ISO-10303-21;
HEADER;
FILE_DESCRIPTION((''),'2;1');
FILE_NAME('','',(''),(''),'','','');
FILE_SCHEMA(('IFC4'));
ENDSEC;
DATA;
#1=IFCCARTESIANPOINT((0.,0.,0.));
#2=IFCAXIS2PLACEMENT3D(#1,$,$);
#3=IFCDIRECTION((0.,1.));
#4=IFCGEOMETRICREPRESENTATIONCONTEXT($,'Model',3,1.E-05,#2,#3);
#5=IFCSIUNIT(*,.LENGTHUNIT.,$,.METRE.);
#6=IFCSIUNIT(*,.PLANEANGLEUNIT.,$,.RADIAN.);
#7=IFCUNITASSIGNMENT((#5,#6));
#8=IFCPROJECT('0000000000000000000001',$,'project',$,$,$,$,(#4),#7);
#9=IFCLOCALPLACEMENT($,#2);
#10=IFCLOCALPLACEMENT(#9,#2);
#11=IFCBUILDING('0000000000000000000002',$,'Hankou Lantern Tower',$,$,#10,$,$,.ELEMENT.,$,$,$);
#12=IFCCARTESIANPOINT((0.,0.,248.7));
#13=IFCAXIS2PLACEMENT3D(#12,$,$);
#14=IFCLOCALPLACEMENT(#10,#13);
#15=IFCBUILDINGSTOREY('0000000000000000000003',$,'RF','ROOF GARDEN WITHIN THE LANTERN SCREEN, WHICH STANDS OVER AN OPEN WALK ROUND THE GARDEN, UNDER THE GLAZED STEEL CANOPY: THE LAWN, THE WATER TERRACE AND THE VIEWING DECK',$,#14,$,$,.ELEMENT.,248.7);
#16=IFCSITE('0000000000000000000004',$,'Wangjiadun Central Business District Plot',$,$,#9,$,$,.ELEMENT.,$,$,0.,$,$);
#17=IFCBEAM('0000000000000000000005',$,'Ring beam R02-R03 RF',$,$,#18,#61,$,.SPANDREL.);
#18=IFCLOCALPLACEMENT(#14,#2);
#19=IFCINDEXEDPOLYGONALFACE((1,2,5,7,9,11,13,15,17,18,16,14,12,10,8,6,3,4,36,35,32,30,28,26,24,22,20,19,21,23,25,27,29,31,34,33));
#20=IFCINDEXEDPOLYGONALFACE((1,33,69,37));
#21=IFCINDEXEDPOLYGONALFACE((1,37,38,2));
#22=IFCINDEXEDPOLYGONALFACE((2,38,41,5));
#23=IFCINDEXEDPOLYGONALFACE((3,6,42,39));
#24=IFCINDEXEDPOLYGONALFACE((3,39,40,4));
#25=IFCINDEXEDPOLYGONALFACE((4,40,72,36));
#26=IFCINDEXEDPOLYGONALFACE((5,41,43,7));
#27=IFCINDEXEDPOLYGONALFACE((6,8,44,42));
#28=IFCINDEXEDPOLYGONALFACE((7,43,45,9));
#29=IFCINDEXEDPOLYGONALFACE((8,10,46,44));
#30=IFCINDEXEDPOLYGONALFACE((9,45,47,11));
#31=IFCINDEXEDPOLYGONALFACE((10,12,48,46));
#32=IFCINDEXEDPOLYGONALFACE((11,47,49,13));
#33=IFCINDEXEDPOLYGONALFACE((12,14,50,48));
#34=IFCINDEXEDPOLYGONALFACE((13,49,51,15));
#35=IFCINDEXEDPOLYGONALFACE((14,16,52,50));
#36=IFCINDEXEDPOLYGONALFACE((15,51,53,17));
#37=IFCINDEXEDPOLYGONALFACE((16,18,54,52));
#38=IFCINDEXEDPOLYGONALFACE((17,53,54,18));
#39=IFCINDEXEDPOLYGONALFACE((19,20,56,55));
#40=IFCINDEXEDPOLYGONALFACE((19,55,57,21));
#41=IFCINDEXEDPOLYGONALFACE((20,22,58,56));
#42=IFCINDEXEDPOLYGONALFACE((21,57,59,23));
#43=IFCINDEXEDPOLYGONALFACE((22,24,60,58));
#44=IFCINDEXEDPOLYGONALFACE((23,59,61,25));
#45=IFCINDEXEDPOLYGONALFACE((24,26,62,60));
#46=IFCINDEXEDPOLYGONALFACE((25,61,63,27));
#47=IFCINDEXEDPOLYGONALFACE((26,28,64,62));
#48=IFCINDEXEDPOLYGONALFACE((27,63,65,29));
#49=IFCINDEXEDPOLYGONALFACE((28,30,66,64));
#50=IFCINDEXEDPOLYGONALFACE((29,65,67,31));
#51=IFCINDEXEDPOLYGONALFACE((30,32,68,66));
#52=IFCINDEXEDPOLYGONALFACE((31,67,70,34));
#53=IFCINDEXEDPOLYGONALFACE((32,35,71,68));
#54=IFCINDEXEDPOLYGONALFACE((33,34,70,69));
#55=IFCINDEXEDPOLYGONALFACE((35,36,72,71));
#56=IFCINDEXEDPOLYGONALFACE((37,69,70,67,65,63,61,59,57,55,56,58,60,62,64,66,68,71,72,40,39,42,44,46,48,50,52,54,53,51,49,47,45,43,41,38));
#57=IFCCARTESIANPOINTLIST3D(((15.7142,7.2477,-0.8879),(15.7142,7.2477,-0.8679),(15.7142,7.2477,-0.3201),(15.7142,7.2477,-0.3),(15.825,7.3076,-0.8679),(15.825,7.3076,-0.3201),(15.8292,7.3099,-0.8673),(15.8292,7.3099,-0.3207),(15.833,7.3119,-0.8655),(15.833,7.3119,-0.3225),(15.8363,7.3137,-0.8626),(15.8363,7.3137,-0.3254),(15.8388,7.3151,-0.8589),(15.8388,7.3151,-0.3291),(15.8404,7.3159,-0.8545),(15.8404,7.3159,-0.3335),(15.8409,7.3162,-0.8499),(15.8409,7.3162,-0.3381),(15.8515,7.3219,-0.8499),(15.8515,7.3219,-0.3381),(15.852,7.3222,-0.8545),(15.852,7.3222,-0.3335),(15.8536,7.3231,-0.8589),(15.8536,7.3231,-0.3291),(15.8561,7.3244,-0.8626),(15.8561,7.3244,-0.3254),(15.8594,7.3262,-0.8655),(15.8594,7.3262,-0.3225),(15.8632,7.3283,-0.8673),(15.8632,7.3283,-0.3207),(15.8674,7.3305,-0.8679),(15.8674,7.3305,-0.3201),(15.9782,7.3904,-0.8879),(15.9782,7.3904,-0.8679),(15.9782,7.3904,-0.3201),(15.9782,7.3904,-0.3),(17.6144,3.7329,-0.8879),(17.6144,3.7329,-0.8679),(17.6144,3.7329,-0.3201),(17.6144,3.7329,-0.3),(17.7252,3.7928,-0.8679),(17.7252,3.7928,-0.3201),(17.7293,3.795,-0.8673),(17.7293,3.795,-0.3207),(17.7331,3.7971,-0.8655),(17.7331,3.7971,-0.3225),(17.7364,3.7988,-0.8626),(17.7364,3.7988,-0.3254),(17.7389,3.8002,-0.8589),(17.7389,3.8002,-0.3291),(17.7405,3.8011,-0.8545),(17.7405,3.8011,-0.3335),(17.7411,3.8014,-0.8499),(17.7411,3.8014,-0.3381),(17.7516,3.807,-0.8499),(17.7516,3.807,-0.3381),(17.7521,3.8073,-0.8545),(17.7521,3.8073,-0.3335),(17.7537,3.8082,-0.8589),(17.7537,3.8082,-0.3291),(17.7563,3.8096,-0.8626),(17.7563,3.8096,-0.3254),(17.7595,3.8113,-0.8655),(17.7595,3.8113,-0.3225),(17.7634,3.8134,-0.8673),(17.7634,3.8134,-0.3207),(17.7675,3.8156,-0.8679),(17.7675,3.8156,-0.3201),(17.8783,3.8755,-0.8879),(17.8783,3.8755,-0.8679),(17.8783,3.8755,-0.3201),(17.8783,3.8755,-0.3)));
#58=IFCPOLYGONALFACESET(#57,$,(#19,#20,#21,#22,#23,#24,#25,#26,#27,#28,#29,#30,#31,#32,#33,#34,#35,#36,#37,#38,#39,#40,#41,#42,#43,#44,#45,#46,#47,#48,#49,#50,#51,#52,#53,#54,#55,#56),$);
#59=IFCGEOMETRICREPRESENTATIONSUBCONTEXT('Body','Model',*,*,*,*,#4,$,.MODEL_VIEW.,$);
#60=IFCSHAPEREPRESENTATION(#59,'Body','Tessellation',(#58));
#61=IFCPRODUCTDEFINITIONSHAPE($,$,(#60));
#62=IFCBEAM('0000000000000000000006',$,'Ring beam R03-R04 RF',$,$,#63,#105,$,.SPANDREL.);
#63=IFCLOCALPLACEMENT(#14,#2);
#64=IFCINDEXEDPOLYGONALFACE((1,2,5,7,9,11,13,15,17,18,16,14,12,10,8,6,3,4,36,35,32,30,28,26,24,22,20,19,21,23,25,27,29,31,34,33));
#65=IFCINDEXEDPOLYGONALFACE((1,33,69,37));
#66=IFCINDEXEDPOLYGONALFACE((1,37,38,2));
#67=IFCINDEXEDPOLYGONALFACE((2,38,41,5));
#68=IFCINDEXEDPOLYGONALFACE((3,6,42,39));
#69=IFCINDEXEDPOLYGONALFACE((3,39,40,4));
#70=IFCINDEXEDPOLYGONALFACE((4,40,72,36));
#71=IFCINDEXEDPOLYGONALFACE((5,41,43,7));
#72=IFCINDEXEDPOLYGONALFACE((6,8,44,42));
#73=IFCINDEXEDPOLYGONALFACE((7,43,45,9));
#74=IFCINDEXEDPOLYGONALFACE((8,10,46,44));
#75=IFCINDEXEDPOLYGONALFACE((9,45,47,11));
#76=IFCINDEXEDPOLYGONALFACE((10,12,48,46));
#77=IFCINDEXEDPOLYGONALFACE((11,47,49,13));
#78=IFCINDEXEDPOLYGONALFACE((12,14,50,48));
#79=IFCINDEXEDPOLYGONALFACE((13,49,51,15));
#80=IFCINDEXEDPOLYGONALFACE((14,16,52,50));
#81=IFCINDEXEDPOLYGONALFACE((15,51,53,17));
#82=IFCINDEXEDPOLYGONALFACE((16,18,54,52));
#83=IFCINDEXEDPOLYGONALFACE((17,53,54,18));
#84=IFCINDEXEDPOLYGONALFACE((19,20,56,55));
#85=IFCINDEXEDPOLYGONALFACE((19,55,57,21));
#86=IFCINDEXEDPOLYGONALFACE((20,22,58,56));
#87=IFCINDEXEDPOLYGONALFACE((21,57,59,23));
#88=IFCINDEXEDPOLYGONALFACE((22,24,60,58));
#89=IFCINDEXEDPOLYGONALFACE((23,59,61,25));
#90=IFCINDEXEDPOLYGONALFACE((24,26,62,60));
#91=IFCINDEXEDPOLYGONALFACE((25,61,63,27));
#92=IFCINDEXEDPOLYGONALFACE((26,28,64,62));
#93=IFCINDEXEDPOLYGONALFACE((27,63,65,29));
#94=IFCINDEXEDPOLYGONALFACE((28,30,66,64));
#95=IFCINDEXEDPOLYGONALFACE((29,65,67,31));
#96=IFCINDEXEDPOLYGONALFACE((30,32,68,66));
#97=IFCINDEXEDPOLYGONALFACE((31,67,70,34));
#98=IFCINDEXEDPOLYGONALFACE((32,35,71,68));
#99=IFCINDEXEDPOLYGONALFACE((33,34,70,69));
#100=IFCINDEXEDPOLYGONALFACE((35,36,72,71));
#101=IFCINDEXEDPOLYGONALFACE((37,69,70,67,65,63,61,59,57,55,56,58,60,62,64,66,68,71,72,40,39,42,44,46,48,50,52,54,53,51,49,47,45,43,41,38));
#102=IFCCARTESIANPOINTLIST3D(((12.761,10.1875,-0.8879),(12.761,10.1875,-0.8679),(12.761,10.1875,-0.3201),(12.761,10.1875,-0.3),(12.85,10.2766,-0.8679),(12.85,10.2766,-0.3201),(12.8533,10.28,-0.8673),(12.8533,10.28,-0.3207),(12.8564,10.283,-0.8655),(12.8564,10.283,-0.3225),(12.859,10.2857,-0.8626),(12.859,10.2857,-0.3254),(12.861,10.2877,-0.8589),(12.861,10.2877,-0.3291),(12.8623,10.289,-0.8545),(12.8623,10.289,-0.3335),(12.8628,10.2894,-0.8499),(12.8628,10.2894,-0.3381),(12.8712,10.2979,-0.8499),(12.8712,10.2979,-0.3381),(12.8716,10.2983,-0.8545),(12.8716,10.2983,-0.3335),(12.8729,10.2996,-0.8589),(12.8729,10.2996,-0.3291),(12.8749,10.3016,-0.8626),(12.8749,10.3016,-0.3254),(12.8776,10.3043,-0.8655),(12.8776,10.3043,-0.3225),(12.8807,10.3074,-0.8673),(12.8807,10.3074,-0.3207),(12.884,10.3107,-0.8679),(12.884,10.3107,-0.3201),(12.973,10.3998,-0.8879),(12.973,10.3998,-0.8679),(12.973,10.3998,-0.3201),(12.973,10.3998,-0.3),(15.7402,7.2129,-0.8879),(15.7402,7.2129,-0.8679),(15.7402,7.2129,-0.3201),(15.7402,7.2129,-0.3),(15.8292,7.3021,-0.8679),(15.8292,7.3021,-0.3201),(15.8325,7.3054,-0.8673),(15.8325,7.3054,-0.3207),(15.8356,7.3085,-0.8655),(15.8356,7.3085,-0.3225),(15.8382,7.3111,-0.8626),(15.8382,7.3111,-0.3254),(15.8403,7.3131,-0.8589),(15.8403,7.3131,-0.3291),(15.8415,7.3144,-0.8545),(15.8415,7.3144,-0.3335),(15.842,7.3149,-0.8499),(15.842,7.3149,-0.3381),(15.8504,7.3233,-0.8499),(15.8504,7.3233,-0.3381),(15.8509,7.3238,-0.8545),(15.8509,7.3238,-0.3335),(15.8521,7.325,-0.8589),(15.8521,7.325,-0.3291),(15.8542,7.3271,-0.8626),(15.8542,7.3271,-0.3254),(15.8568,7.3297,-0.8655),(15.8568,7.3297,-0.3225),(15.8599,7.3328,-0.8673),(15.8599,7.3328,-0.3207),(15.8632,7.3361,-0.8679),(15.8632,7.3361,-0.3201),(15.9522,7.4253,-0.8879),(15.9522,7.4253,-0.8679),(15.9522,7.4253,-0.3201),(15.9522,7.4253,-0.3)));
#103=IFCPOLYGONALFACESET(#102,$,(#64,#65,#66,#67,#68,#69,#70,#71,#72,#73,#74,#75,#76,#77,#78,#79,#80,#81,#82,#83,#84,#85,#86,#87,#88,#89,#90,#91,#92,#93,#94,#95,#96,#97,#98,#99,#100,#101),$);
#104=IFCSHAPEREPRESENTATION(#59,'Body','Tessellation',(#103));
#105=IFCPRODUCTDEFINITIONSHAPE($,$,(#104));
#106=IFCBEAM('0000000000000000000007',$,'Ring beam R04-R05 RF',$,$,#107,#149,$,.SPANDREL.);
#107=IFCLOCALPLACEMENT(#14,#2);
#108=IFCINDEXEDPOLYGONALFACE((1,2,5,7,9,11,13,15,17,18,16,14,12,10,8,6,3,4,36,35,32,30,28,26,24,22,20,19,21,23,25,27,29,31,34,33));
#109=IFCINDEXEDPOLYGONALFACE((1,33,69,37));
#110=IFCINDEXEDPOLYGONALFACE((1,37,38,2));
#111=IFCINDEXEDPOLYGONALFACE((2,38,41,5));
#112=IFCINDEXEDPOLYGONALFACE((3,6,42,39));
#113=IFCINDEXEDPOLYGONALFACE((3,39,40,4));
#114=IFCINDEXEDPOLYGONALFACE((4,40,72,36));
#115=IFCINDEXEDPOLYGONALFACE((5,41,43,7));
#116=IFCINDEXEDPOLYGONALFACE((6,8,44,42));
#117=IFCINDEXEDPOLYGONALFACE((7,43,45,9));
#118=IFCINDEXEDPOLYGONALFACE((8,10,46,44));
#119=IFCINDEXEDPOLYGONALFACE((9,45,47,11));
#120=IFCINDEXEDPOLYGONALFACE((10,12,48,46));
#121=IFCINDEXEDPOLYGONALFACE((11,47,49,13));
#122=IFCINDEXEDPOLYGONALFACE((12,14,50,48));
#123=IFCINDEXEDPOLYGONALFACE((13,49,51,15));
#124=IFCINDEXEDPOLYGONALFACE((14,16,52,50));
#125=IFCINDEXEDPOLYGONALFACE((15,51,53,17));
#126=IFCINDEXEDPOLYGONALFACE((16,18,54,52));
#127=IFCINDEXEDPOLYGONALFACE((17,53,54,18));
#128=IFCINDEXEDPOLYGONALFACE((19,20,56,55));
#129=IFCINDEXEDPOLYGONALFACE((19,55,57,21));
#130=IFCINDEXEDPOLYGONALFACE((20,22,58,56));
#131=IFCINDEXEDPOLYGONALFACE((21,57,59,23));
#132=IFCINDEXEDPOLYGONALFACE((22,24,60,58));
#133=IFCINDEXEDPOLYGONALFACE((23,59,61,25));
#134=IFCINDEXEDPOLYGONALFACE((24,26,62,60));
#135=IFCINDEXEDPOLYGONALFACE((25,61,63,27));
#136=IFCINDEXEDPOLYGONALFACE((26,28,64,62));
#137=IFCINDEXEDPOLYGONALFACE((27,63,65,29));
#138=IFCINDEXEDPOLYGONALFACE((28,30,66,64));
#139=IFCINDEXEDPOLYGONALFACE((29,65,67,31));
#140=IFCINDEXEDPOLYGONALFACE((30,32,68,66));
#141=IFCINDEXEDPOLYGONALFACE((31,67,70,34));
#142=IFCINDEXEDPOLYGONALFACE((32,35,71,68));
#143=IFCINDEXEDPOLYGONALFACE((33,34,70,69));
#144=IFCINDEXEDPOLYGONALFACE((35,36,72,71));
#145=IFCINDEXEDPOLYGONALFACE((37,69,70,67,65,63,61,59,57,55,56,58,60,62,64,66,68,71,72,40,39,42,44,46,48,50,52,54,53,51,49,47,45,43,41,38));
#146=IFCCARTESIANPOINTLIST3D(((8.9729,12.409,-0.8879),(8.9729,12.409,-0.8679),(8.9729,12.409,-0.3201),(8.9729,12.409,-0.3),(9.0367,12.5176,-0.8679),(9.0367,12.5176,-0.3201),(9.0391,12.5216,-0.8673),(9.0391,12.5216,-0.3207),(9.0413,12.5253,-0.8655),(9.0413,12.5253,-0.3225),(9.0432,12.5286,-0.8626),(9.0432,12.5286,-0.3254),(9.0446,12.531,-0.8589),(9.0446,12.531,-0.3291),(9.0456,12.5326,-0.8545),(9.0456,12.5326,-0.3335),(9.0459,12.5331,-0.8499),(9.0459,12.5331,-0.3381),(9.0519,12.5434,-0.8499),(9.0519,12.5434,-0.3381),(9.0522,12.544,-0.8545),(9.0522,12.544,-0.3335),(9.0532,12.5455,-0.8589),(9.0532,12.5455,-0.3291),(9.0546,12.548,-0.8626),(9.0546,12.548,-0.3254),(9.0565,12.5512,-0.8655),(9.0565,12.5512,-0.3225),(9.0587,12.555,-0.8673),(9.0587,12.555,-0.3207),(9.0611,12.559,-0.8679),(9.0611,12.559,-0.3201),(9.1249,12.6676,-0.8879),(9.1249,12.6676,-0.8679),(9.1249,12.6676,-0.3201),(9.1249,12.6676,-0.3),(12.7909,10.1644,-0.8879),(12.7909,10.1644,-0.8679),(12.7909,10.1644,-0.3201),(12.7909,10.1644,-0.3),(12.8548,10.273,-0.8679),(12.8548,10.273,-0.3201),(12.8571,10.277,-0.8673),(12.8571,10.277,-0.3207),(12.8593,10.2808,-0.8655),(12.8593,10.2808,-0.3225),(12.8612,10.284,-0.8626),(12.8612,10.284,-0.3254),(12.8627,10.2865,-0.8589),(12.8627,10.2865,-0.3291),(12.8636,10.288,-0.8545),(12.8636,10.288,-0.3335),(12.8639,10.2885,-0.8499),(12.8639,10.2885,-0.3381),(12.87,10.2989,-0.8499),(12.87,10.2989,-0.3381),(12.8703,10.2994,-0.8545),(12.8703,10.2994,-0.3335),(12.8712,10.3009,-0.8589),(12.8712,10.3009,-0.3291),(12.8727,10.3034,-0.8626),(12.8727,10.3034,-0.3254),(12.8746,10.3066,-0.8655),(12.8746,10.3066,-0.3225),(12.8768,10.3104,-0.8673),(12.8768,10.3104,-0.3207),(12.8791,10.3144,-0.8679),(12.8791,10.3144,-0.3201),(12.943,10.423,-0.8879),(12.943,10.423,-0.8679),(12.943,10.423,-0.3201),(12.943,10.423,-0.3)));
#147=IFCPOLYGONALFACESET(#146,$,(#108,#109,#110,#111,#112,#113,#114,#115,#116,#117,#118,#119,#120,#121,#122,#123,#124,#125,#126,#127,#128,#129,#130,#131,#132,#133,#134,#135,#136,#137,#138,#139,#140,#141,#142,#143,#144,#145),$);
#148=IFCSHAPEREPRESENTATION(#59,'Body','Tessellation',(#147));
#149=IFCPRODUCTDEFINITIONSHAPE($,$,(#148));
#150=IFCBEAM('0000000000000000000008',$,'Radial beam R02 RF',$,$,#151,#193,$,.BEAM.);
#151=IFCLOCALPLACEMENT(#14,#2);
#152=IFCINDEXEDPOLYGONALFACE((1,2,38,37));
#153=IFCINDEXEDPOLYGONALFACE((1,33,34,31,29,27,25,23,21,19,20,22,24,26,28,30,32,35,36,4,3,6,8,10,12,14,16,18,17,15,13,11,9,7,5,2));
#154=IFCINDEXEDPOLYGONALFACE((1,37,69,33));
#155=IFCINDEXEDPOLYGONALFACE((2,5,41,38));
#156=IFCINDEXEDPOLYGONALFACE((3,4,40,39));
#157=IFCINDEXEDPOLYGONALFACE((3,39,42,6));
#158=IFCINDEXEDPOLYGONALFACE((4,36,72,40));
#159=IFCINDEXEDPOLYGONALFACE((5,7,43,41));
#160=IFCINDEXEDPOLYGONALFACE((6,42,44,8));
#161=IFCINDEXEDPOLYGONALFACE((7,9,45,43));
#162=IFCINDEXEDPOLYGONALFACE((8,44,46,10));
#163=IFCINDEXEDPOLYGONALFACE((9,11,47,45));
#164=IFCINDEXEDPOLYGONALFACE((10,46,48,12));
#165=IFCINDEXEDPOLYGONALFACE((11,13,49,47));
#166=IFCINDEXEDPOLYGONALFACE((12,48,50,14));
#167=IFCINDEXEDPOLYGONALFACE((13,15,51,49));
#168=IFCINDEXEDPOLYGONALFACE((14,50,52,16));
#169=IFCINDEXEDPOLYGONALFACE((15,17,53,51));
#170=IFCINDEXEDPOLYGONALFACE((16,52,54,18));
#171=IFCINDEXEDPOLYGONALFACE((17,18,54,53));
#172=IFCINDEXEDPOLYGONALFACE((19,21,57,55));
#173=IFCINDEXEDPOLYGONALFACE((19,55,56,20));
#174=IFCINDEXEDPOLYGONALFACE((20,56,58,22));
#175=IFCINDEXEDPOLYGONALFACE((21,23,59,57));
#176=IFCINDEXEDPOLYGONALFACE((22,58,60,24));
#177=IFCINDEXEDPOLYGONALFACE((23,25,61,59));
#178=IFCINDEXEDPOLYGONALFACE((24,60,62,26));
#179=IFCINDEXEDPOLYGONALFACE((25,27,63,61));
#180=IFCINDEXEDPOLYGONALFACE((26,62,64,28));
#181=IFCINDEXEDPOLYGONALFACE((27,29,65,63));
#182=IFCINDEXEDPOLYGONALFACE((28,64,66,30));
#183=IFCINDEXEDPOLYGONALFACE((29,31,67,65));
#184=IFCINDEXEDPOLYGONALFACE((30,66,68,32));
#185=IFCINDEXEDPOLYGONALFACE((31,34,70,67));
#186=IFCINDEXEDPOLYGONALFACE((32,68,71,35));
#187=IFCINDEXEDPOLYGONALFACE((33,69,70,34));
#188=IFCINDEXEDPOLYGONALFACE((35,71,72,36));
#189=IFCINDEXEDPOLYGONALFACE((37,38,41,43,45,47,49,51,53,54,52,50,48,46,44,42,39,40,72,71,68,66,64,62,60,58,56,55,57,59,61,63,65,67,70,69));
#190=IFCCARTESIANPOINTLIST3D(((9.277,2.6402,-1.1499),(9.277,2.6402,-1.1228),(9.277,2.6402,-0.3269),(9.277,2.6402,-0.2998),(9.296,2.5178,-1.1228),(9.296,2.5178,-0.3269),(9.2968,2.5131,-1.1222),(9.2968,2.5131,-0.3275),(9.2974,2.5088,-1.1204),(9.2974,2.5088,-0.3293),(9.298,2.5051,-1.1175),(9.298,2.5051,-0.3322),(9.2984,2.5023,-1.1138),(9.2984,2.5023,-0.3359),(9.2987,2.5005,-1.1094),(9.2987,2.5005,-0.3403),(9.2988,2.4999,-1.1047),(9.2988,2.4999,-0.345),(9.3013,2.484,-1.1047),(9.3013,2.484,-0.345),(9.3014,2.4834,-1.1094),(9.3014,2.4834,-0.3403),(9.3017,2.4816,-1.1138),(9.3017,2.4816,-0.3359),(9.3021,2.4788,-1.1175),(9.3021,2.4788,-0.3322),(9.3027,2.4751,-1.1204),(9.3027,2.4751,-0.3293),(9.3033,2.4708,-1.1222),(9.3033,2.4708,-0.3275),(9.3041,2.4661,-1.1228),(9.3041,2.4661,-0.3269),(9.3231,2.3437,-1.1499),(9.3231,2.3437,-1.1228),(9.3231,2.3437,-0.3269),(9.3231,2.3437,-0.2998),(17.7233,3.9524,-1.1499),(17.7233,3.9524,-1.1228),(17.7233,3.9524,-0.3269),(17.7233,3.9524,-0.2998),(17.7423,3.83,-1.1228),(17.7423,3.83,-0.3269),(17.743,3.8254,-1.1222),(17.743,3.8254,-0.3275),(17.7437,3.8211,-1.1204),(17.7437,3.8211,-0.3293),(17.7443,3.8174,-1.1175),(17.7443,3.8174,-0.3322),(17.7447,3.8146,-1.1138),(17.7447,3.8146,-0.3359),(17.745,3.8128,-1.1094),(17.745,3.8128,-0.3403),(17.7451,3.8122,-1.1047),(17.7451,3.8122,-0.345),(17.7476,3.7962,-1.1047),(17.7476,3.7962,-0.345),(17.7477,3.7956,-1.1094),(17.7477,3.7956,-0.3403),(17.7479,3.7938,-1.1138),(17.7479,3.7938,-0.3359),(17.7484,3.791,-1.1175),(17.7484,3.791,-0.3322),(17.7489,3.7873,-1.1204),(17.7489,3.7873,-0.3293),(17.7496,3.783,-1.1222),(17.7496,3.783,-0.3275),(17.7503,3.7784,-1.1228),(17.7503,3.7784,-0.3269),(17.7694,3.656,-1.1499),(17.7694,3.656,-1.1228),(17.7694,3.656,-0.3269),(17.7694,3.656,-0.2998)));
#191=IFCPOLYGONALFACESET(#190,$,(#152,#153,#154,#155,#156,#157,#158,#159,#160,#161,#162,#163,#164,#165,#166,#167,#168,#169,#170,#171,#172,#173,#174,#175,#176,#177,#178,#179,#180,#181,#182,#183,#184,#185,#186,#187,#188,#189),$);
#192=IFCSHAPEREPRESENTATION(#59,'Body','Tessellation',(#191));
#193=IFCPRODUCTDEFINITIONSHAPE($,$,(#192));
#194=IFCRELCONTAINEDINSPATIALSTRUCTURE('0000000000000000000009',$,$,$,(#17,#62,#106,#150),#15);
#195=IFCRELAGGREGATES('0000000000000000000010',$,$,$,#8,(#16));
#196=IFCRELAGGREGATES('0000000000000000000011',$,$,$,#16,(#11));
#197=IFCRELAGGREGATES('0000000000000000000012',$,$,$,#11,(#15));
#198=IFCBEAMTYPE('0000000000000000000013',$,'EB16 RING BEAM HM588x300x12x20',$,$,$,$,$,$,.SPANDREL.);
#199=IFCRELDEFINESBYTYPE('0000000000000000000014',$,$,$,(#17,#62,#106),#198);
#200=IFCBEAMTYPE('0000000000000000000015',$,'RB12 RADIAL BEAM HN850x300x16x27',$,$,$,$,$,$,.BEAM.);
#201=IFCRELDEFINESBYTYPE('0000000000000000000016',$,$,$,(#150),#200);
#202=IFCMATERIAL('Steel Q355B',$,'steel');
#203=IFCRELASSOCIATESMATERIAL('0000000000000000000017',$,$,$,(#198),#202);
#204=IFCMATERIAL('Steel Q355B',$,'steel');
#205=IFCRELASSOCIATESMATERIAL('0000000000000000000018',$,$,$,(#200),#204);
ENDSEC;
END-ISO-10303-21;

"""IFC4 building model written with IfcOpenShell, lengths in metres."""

from ifc_helpers import new_model, si_unit, direction, frame, origin, origin_2d, place, context, subcontext, project, spatial, i_section, extrude, material, material_profile, profile_set, type_object, element, save


model = new_model("IFC4")

# Units and contexts
model_context = context("Model", 3, precision=1e-05, world=origin(), true_north=direction((0.0, 1.0)))
body_context = subcontext(model_context, "Body", "Model", "MODEL_VIEW")
ifc_project = project(units=[si_unit("LENGTHUNIT", "METRE"), si_unit("PLANEANGLEUNIT", "RADIAN")], contexts=[model_context])

# Site, building, storey
site_placement = place(None, origin())
site = spatial("IfcSite", under=ifc_project, at=site_placement, Name="Wangjiadun Central Business District Plot", CompositionType="ELEMENT", RefElevation=0.0)
building_placement = place(site_placement, origin())
building = spatial("IfcBuilding", under=site, at=building_placement, Name="Hankou Lantern Tower", CompositionType="ELEMENT")
storey_placement = place(building_placement, frame((0.0, 0.0, 248.7)))
storey = spatial("IfcBuildingStorey", under=building, at=storey_placement, Name="RF", Description="ROOF GARDEN WITHIN THE LANTERN SCREEN, WHICH STANDS OVER AN OPEN WALK ROUND THE GARDEN, UNDER THE GLAZED STEEL CANOPY: THE LAWN, THE WATER TERRACE AND THE VIEWING DECK", CompositionType="ELEMENT", Elevation=248.7)

# Beams
ifc_material_1 = material(Name="Steel Q355B", Category="steel")
ifc_material_profile_1 = material_profile(ifc_material_1, i_section(OverallWidth=0.3, OverallDepth=0.5879, WebThickness=0.012, FlangeThickness=0.02, FilletRadius=0.0181, at=origin_2d()), Name="HM588x300x12x20")
ifc_profile_set_1 = profile_set([ifc_material_profile_1], Name="Steel Q355B")
beam_type_1 = type_object("IfcBeamType", Name="EB16 RING BEAM HM588x300x12x20", PredefinedType="SPANDREL", material=ifc_profile_set_1)
beam_1_placement = place(storey_placement, frame((17.7463, 3.8042, -0.594), z_axis=(-0.475557, 0.879685, 0.0), x_axis=(-0.879685, -0.475557, 0.0)))
element("IfcBeam", 1, at=beam_1_placement, inside=storey, type_object=beam_type_1, Name="Ring beam R02-R03 RF", PredefinedType="SPANDREL", context=body_context, shape_type="SweptSolid", body=[
    extrude(i_section(OverallWidth=0.3, OverallDepth=0.5879, WebThickness=0.012, FlangeThickness=0.02, FilletRadius=0.0181, at=origin_2d()), origin(), (0.0, 0.0, 1.0), 3.9956),
])
beam_2_placement = place(storey_placement, frame((15.8462, 7.3191, -0.594), z_axis=(-0.707657, 0.706556, 0.0), x_axis=(-0.706556, -0.707657, 0.0)))
element("IfcBeam", 2, at=beam_2_placement, inside=storey, type_object=beam_type_1, Name="Ring beam R03-R04 RF", PredefinedType="SPANDREL", context=body_context, shape_type="SweptSolid", body=[
    extrude(i_section(OverallWidth=0.3, OverallDepth=0.5879, WebThickness=0.012, FlangeThickness=0.02, FilletRadius=0.0181, at=origin_2d()), origin(), (0.0, 0.0, 1.0), 4.21),
])
beam_3_placement = place(storey_placement, frame((12.8669, 10.2937, -0.594), z_axis=(-0.862065, 0.506798, 0.0), x_axis=(-0.506798, -0.862065, 0.0)))
element("IfcBeam", 3, at=beam_3_placement, inside=storey, type_object=beam_type_1, Name="Ring beam R04-R05 RF", PredefinedType="SPANDREL", context=body_context, shape_type="SweptSolid", body=[
    extrude(i_section(OverallWidth=0.3, OverallDepth=0.5879, WebThickness=0.012, FlangeThickness=0.02, FilletRadius=0.0181, at=origin_2d()), origin(), (0.0, 0.0, 1.0), 4.429),
])
ifc_material_2 = material(Name="Steel Q355B", Category="steel")
ifc_material_profile_2 = material_profile(ifc_material_2, i_section(OverallWidth=0.3, OverallDepth=0.8501, WebThickness=0.0161, FlangeThickness=0.0271, FilletRadius=0.0181, at=origin_2d()), Name="HN850x300x16x27")
ifc_profile_set_2 = profile_set([ifc_material_profile_2], Name="Steel Q355B")
beam_type_2 = type_object("IfcBeamType", Name="RB12 RADIAL BEAM HN850x300x16x27", PredefinedType="BEAM", material=ifc_profile_set_2)
beam_4_placement = place(storey_placement, frame((9.3, 2.4919, -0.7249), z_axis=(0.988145, 0.153523, 0.0), x_axis=(-0.153523, 0.988145, 0.0)))
element("IfcBeam", 4, at=beam_4_placement, inside=storey, type_object=beam_type_2, Name="Radial beam R02 RF", PredefinedType="BEAM", context=body_context, shape_type="SweptSolid", body=[
    extrude(i_section(OverallWidth=0.3, OverallDepth=0.8501, WebThickness=0.0161, FlangeThickness=0.0271, FilletRadius=0.0181, at=origin_2d()), origin(), (0.0, 0.0, 1.0), 8.5476),
])

save(model, "model.ifc")
